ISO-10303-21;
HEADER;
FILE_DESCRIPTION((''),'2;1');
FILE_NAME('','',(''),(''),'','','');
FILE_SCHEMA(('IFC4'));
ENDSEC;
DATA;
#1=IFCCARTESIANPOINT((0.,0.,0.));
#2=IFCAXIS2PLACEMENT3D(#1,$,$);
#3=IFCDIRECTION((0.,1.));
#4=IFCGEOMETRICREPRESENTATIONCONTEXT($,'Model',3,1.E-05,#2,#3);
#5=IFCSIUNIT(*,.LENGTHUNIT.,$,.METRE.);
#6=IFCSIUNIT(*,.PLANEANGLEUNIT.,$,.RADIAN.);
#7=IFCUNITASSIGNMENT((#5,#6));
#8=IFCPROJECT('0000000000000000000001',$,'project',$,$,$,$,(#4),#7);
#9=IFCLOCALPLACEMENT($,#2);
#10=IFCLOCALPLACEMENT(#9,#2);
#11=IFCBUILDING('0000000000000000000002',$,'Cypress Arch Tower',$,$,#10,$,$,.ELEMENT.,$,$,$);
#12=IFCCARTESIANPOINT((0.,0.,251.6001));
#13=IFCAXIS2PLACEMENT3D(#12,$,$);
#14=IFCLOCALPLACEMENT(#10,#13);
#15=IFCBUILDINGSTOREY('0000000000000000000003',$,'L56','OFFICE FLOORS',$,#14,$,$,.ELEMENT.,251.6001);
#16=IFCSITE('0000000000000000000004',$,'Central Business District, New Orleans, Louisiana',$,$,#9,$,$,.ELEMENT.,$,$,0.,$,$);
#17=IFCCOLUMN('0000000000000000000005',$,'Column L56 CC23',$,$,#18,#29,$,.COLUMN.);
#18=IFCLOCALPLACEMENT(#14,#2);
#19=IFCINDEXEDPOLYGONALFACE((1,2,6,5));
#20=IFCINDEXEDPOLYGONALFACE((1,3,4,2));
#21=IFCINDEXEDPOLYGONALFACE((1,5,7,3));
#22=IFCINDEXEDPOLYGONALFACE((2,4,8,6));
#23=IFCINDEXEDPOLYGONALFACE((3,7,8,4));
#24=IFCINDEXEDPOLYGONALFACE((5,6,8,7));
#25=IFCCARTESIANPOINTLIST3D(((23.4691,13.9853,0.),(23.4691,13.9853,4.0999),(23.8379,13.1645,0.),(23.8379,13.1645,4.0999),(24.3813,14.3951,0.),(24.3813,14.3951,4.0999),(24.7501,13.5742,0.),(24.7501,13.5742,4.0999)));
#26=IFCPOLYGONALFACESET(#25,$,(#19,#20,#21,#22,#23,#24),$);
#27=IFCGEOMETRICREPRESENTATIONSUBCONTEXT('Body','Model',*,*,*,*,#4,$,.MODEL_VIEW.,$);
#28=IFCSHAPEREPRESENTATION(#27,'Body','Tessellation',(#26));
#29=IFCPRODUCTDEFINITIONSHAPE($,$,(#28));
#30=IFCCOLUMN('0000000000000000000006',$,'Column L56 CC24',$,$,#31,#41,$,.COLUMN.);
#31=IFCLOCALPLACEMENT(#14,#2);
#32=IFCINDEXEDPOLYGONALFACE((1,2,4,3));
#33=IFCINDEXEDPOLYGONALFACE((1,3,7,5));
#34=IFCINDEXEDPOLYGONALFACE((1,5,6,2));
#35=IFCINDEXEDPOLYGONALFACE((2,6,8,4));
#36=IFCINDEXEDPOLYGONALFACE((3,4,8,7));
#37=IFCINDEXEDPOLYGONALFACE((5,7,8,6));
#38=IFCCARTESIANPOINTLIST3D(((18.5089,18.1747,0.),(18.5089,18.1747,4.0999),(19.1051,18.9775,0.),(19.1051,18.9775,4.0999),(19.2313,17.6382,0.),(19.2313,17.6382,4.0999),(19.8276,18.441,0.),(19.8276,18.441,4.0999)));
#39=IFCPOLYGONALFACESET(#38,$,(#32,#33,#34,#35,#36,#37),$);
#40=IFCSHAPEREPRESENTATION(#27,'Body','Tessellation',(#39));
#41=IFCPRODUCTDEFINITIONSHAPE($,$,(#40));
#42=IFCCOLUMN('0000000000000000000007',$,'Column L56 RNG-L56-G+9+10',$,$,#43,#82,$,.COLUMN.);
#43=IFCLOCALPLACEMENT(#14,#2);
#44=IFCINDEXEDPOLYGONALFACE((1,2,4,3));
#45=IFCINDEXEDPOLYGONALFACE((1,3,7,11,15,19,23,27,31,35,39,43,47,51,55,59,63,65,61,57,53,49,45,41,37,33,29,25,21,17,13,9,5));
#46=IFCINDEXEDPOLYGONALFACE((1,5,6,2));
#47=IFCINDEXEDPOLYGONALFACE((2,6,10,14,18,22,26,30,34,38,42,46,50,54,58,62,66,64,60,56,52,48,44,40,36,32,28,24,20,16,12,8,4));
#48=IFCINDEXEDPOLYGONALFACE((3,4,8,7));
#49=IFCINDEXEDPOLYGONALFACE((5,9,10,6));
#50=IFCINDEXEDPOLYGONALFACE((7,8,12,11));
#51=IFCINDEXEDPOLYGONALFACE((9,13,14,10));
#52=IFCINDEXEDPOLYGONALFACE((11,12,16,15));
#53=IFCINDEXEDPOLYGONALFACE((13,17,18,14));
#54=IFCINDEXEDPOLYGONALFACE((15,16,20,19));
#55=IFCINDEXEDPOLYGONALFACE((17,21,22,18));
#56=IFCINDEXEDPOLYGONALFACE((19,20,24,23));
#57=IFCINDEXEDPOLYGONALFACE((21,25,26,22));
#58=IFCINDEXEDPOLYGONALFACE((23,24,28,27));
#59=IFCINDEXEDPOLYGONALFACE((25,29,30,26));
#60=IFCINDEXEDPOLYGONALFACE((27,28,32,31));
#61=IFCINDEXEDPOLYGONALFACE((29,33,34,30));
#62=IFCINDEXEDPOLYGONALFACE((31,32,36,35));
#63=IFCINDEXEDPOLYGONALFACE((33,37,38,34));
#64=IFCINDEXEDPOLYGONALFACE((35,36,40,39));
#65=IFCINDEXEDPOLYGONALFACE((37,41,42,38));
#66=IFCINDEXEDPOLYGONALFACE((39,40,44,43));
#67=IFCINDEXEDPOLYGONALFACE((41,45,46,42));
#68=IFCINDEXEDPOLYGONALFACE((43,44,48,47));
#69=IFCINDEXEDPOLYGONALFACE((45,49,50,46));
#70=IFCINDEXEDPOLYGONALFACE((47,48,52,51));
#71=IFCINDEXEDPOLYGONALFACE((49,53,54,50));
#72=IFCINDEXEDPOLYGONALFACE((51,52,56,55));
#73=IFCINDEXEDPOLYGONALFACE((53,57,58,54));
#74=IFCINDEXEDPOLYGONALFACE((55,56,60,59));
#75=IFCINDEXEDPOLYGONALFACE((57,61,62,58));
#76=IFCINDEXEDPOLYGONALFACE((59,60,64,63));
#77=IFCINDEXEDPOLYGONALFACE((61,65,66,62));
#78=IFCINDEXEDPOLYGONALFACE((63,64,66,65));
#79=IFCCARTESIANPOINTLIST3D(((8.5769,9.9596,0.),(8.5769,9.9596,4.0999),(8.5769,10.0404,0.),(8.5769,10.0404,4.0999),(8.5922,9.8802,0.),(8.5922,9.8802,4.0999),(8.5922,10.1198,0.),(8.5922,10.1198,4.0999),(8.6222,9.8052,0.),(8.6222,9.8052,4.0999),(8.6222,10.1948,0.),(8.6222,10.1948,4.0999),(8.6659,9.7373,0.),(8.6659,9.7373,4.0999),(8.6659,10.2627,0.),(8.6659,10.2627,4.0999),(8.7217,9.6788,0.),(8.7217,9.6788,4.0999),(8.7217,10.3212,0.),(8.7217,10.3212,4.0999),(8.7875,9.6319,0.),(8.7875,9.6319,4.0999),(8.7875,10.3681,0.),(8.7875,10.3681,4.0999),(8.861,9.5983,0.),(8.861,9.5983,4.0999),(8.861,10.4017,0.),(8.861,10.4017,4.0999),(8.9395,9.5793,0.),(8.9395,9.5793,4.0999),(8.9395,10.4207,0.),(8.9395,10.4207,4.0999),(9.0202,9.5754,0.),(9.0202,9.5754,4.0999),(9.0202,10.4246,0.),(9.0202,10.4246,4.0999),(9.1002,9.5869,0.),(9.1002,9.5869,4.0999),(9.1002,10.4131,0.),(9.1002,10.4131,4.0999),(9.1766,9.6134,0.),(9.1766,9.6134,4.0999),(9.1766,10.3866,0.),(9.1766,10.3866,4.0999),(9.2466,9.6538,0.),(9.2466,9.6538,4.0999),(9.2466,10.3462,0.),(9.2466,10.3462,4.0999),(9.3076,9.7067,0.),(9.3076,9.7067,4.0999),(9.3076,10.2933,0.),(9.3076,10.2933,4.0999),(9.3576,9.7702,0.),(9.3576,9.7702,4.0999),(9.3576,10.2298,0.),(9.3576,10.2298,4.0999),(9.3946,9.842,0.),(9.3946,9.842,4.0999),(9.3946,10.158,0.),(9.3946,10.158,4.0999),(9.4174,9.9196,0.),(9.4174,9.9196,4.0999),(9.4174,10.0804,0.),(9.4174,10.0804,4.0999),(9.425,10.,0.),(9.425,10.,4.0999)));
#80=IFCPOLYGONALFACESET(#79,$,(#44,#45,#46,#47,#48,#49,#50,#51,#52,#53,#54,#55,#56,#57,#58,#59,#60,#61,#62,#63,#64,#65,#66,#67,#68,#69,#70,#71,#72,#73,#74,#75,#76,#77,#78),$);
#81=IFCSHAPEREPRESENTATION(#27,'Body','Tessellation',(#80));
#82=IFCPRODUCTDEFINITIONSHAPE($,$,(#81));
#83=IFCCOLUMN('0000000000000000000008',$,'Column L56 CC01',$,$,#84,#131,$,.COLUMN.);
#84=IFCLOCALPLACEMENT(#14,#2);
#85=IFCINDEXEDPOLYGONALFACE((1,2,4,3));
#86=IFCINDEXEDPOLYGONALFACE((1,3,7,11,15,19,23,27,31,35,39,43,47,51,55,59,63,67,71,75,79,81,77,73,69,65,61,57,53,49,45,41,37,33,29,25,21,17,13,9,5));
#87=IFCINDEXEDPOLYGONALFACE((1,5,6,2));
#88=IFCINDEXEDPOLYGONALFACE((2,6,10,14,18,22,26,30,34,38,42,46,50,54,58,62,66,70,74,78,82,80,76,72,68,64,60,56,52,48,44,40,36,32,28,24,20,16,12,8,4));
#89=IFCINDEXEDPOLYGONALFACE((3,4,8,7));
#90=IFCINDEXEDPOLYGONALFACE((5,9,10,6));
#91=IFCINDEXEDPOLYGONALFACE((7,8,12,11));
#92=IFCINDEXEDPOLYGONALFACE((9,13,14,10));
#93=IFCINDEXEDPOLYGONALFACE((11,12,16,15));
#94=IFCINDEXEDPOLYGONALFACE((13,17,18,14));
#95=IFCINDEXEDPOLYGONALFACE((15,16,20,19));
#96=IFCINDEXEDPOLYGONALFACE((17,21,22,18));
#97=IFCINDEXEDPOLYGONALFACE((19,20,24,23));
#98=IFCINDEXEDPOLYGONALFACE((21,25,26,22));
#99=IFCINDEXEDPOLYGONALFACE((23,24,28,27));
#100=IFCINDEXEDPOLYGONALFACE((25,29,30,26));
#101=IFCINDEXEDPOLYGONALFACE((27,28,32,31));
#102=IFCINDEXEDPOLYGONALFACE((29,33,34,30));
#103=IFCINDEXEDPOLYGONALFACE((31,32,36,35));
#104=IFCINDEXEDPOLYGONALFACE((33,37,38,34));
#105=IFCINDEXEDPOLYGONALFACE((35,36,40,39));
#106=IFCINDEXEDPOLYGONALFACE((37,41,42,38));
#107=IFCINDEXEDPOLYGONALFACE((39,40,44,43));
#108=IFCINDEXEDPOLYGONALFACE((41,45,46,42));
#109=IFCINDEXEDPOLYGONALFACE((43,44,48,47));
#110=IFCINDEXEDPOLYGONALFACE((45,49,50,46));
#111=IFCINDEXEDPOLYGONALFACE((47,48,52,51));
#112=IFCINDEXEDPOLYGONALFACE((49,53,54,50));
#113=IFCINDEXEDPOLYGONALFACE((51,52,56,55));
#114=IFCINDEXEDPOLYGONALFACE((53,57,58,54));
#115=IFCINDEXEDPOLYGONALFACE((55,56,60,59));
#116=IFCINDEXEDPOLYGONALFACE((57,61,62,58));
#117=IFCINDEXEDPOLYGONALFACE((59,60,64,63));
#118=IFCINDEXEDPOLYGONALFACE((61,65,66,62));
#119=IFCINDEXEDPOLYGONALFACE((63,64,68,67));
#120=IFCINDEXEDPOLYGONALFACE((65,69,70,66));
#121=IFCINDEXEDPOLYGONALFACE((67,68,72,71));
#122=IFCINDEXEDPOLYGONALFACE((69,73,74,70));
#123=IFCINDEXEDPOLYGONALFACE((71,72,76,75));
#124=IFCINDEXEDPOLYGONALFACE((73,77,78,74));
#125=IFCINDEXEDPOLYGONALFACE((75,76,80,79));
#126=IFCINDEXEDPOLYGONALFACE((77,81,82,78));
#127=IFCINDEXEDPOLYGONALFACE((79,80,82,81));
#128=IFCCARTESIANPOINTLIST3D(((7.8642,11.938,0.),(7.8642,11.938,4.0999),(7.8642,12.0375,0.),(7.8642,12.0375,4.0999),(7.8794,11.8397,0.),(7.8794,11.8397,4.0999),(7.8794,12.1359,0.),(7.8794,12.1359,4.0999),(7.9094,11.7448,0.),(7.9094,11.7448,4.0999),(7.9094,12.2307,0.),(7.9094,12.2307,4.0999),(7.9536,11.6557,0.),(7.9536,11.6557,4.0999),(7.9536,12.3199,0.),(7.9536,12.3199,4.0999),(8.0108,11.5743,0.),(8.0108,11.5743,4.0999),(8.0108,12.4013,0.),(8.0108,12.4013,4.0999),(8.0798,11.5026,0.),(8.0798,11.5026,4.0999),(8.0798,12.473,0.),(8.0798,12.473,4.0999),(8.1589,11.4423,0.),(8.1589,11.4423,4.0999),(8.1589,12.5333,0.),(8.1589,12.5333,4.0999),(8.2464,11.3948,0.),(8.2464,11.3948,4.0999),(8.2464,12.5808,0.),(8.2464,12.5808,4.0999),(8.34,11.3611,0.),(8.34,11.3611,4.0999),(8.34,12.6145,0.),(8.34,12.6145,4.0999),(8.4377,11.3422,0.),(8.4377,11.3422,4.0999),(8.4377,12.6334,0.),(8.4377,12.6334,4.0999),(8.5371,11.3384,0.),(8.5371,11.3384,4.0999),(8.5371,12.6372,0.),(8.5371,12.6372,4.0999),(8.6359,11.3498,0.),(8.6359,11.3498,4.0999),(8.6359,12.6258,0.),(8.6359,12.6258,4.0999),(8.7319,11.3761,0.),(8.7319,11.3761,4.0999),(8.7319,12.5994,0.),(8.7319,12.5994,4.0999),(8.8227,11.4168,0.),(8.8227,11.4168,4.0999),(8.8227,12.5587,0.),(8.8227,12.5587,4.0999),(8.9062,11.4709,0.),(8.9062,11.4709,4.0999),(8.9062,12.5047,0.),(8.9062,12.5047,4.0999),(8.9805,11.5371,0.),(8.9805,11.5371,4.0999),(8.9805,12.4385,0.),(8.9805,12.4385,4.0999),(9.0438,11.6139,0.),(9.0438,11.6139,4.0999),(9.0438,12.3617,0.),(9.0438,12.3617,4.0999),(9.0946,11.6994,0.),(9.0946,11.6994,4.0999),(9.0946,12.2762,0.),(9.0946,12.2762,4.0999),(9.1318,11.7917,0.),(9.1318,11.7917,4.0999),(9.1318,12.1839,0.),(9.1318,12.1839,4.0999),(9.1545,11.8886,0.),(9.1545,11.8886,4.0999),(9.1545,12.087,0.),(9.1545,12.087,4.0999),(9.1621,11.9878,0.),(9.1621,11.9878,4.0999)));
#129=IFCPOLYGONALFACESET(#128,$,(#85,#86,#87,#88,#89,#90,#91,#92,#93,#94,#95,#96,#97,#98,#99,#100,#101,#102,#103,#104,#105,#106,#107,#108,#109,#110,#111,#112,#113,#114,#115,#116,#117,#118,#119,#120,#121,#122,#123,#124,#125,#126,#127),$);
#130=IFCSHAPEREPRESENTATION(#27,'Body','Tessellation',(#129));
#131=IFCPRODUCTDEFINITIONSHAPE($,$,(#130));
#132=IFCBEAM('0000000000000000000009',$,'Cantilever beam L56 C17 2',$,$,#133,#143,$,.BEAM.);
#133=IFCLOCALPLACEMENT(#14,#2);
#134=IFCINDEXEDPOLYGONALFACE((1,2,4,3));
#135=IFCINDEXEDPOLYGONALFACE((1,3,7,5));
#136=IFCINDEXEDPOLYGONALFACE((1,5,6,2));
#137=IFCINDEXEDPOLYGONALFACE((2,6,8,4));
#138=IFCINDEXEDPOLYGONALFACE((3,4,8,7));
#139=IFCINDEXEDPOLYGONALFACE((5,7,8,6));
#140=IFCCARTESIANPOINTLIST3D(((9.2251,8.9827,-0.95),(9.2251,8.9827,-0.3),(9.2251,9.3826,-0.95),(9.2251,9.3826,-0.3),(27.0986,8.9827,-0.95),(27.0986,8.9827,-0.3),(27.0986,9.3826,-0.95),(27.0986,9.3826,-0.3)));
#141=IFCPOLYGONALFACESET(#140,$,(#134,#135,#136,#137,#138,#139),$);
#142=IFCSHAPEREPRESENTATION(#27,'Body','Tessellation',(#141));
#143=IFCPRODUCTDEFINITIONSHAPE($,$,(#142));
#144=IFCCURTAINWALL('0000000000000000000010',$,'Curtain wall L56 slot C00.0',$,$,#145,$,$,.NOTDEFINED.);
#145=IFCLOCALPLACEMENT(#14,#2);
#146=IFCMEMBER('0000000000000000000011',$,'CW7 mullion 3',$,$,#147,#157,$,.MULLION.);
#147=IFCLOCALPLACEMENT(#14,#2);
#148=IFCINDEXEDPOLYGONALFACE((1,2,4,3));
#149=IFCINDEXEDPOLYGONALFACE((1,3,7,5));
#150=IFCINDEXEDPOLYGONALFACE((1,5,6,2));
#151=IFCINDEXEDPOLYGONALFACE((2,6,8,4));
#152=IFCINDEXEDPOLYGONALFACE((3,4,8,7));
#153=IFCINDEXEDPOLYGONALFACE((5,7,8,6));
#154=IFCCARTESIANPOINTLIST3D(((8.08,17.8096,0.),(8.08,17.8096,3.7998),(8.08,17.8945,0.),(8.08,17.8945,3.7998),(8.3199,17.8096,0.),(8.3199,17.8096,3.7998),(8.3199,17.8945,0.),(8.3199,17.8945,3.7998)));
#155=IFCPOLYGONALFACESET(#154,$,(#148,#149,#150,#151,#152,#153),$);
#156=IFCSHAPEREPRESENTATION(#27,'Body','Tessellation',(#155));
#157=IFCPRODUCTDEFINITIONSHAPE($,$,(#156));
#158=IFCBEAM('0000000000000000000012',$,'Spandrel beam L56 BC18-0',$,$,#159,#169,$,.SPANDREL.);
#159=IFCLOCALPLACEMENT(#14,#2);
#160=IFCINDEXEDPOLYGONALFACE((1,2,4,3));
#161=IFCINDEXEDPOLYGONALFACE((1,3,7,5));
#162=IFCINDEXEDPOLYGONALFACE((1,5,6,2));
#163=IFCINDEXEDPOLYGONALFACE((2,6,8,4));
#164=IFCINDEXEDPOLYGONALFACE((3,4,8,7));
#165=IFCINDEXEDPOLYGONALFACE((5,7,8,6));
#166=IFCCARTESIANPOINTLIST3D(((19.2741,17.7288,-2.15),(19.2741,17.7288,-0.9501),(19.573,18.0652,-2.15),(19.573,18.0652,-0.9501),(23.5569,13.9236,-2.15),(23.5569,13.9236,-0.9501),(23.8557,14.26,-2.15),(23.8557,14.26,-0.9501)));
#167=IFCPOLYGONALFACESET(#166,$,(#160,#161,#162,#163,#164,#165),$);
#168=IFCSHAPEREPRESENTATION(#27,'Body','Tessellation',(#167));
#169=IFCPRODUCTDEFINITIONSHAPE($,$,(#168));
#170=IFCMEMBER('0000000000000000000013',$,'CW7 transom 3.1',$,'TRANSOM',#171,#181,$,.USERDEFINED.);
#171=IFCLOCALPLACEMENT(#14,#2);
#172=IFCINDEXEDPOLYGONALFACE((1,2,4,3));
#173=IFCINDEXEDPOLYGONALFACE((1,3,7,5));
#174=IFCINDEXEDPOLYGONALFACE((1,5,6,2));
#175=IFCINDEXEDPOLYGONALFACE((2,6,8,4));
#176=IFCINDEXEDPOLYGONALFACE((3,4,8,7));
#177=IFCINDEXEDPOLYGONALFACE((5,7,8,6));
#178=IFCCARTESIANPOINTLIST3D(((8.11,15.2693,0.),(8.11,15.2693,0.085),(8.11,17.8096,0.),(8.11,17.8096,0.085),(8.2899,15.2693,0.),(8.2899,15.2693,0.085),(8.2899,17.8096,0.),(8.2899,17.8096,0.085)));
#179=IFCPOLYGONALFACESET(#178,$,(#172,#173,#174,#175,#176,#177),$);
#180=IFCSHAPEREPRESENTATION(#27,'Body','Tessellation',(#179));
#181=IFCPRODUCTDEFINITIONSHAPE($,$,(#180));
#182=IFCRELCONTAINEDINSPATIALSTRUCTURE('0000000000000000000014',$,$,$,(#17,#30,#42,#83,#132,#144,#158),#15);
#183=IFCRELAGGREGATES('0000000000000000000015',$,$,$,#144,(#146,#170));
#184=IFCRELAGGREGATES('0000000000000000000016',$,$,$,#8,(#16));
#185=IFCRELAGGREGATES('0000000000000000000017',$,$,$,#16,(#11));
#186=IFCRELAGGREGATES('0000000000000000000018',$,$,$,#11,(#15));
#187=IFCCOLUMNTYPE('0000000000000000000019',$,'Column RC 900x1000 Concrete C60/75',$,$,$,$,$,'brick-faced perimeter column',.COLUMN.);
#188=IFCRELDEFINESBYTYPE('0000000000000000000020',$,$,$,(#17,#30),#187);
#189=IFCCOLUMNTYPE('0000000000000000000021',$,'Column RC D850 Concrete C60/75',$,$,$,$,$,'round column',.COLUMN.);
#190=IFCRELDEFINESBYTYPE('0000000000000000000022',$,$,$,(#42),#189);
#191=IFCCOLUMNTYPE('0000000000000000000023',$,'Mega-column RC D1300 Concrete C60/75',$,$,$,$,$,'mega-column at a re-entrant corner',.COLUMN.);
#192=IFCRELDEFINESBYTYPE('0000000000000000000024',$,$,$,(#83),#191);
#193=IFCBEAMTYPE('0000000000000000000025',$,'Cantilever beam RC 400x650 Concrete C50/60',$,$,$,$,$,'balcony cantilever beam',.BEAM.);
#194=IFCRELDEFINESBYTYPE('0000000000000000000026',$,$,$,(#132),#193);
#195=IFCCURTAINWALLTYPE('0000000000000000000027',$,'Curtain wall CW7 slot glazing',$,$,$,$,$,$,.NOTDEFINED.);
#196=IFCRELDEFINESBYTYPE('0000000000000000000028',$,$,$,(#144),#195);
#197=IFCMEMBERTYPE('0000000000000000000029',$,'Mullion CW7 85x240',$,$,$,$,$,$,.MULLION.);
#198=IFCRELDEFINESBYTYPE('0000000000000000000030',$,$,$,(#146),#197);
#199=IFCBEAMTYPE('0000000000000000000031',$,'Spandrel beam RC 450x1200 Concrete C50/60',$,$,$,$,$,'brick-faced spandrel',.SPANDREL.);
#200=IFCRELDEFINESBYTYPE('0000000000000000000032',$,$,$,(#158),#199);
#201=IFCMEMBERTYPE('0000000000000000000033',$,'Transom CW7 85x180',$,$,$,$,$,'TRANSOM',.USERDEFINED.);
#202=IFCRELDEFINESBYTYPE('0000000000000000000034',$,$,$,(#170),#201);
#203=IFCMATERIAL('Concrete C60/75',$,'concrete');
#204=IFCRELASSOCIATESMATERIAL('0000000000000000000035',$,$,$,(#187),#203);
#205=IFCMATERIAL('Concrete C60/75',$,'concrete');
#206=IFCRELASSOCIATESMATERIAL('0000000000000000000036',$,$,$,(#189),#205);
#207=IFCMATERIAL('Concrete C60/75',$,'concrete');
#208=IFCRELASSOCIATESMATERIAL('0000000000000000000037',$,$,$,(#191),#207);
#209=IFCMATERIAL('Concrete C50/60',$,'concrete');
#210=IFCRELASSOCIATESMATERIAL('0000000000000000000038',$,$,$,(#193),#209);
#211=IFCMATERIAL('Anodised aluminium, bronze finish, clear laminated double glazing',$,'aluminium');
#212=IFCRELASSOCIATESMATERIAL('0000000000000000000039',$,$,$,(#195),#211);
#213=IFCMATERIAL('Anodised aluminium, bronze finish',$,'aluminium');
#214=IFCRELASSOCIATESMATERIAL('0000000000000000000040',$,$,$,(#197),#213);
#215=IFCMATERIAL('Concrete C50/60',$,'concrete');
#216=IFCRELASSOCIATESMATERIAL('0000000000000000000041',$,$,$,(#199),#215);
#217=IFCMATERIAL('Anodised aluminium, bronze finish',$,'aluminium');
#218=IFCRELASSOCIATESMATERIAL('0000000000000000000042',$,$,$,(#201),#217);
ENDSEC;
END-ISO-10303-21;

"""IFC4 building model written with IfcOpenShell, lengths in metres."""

from ifc_helpers import new_model, si_unit, direction, frame, origin, origin_2d, place, context, subcontext, project, spatial, rectangle, circle, extrude, material, material_profile, profile_set, type_object, element, aggregate, save


model = new_model("IFC4")

# Units and contexts
model_context = context("Model", 3, precision=1e-05, world=origin(), true_north=direction((0.0, 1.0)))
body_context = subcontext(model_context, "Body", "Model", "MODEL_VIEW")
ifc_project = project(units=[si_unit("LENGTHUNIT", "METRE"), si_unit("PLANEANGLEUNIT", "RADIAN")], contexts=[model_context])

# Site, building, storey
site_placement = place(None, origin())
site = spatial("IfcSite", under=ifc_project, at=site_placement, Name="Central Business District, New Orleans, Louisiana", CompositionType="ELEMENT", RefElevation=0.0)
building_placement = place(site_placement, origin())
building = spatial("IfcBuilding", under=site, at=building_placement, Name="Cypress Arch Tower", CompositionType="ELEMENT")
storey_placement = place(building_placement, frame((0.0, 0.0, 251.6001)))
storey = spatial("IfcBuildingStorey", under=building, at=storey_placement, Name="L56", Description="OFFICE FLOORS", CompositionType="ELEMENT", Elevation=251.6001)

# Columns
ifc_material_1 = material(Name="Concrete C60/75", Category="concrete")
ifc_material_profile_1 = material_profile(ifc_material_1, rectangle(XDim=0.8999, YDim=1.0, at=origin_2d()), Name="RC 900x1000")
ifc_profile_set_1 = profile_set([ifc_material_profile_1], Name="Concrete C60/75")
column_type_1 = type_object("IfcColumnType", Name="Column RC 900x1000 Concrete C60/75", ElementType="brick-faced perimeter column", PredefinedType="COLUMN", material=ifc_profile_set_1)
for number, where, z_axis, x_axis, name in (
    (1, (24.1096, 13.7798, 0.0), (0.0, 0.0, 1.0), (-0.409765, 0.912191, 0.0), "Column L56 CC23"),
    (2, (19.1682, 18.3079, 0.0), (0.0, 0.0, 1.0), (-0.802799, 0.59625, 0.0), "Column L56 CC24"),
):
    element("IfcColumn", number, at=place(storey_placement, frame(where, z_axis=z_axis, x_axis=x_axis)), inside=storey, type_object=column_type_1, Name=name, PredefinedType="COLUMN", context=body_context, shape_type="SweptSolid", body=[
        extrude(rectangle(XDim=0.8999, YDim=1.0, at=origin_2d()), origin(), (0.0, 0.0, 1.0), 4.0999),
    ])
ifc_material_2 = material(Name="Concrete C60/75", Category="concrete")
ifc_material_profile_2 = material_profile(ifc_material_2, circle(Radius=0.425, at=origin_2d()), Name="RC D850")
ifc_profile_set_2 = profile_set([ifc_material_profile_2], Name="Concrete C60/75")
column_type_2 = type_object("IfcColumnType", Name="Column RC D850 Concrete C60/75", ElementType="round column", PredefinedType="COLUMN", material=ifc_profile_set_2)
column_1_placement = place(storey_placement, frame((9.0, 10.0, 0.0), z_axis=(0.0, 0.0, 1.0), x_axis=(1.0, 0.0, 0.0)))
element("IfcColumn", 3, at=column_1_placement, inside=storey, type_object=column_type_2, Name="Column L56 RNG-L56-G+9+10", PredefinedType="COLUMN", context=body_context, shape_type="SweptSolid", body=[
    extrude(circle(Radius=0.425, at=origin_2d()), origin(), (0.0, 0.0, 1.0), 4.0999),
])
ifc_material_3 = material(Name="Concrete C60/75", Category="concrete")
ifc_material_profile_3 = material_profile(ifc_material_3, circle(Radius=0.6499, at=origin_2d()), Name="RC D1300")
ifc_profile_set_3 = profile_set([ifc_material_profile_3], Name="Concrete C60/75")
column_type_3 = type_object("IfcColumnType", Name="Mega-column RC D1300 Concrete C60/75", ElementType="mega-column at a re-entrant corner", PredefinedType="COLUMN", material=ifc_profile_set_3)
column_2_placement = place(storey_placement, frame((8.5122, 11.9878, 0.0), z_axis=(0.0, 0.0, 1.0), x_axis=(1.0, 0.0, 0.0)))
element("IfcColumn", 4, at=column_2_placement, inside=storey, type_object=column_type_3, Name="Column L56 CC01", PredefinedType="COLUMN", context=body_context, shape_type="SweptSolid", body=[
    extrude(circle(Radius=0.6499, at=origin_2d()), origin(), (0.0, 0.0, 1.0), 4.0999),
])

# Beam
ifc_material_4 = material(Name="Concrete C50/60", Category="concrete")
ifc_material_profile_4 = material_profile(ifc_material_4, rectangle(XDim=0.3999, YDim=0.6499, at=origin_2d()), Name="RC 400x650")
ifc_profile_set_4 = profile_set([ifc_material_profile_4], Name="Concrete C50/60")
beam_type_1 = type_object("IfcBeamType", Name="Cantilever beam RC 400x650 Concrete C50/60", ElementType="balcony cantilever beam", PredefinedType="BEAM", material=ifc_profile_set_4)
beam_1_placement = place(storey_placement, frame((9.2251, 9.1826, -0.625), z_axis=(1.0, 0.0, 0.0), x_axis=(0.0, 1.0, 0.0)))
element("IfcBeam", 5, at=beam_1_placement, inside=storey, type_object=beam_type_1, Name="Cantilever beam L56 C17 2", PredefinedType="BEAM", context=body_context, shape_type="SweptSolid", body=[
    extrude(rectangle(XDim=0.3999, YDim=0.6499, at=origin_2d()), origin(), (0.0, 0.0, 1.0), 17.8735),
])

# Curtain wall, member
ifc_material_5 = material(Name="Anodised aluminium, bronze finish, clear laminated double glazing", Category="aluminium")
curtain_wall_type = type_object("IfcCurtainWallType", Name="Curtain wall CW7 slot glazing", PredefinedType="NOTDEFINED", material=ifc_material_5)
curtain_wall_placement = place(storey_placement, origin())
curtain_wall = element("IfcCurtainWall", 6, at=curtain_wall_placement, inside=storey, type_object=curtain_wall_type, Name="Curtain wall L56 slot C00.0", PredefinedType="NOTDEFINED")
ifc_material_6 = material(Name="Anodised aluminium, bronze finish", Category="aluminium")
ifc_material_profile_5 = material_profile(ifc_material_6, rectangle(XDim=0.24, YDim=0.085, at=origin_2d()), Name="Mullion 85x240")
ifc_profile_set_5 = profile_set([ifc_material_profile_5], Name="Anodised aluminium, bronze finish")
member_type_1 = type_object("IfcMemberType", Name="Mullion CW7 85x240", PredefinedType="MULLION", material=ifc_profile_set_5)
member_1_placement = place(storey_placement, frame((8.2, 17.8521, 0.0), z_axis=(0.0, 0.0, 1.0), x_axis=(1.0, 0.0, 0.0)))
member_1 = element("IfcMember", 7, at=member_1_placement, type_object=member_type_1, Name="CW7 mullion 3", PredefinedType="MULLION", context=body_context, shape_type="SweptSolid", body=[
    extrude(rectangle(XDim=0.24, YDim=0.085, at=origin_2d()), origin(), (0.0, 0.0, 1.0), 3.7998),
])

# Beam
ifc_material_7 = material(Name="Concrete C50/60", Category="concrete")
ifc_material_profile_6 = material_profile(ifc_material_7, rectangle(XDim=0.45, YDim=1.2, at=origin_2d()), Name="RC 450x1200")
ifc_profile_set_6 = profile_set([ifc_material_profile_6], Name="Concrete C50/60")
beam_type_2 = type_object("IfcBeamType", Name="Spandrel beam RC 450x1200 Concrete C50/60", ElementType="brick-faced spandrel", PredefinedType="SPANDREL", material=ifc_profile_set_6)
beam_2_placement = place(storey_placement, frame((23.7063, 14.0918, -1.55), z_axis=(-0.747555, 0.6642, 0.0), x_axis=(-0.6642, -0.747555, 0.0)))
element("IfcBeam", 8, at=beam_2_placement, inside=storey, type_object=beam_type_2, Name="Spandrel beam L56 BC18-0", PredefinedType="SPANDREL", context=body_context, shape_type="SweptSolid", body=[
    extrude(rectangle(XDim=0.45, YDim=1.2, at=origin_2d()), origin(), (0.0, 0.0, 1.0), 5.729),
])

# Member
ifc_material_8 = material(Name="Anodised aluminium, bronze finish", Category="aluminium")
ifc_material_profile_7 = material_profile(ifc_material_8, rectangle(XDim=0.1799, YDim=0.085, at=origin_2d()), Name="Transom 85x180")
ifc_profile_set_7 = profile_set([ifc_material_profile_7], Name="Anodised aluminium, bronze finish")
member_type_2 = type_object("IfcMemberType", Name="Transom CW7 85x180", ElementType="TRANSOM", PredefinedType="USERDEFINED", material=ifc_profile_set_7)
member_2_placement = place(storey_placement, frame((8.2, 17.8096, 0.0425), z_axis=(0.0, -1.0, 0.0), x_axis=(1.0, 0.0, 0.0)))
member_2 = element("IfcMember", 9, at=member_2_placement, type_object=member_type_2, Name="CW7 transom 3.1", ObjectType="TRANSOM", PredefinedType="USERDEFINED", context=body_context, shape_type="SweptSolid", body=[
    extrude(rectangle(XDim=0.1799, YDim=0.085, at=origin_2d()), origin(), (0.0, 0.0, 1.0), 2.5403),
])

aggregate(curtain_wall, [member_1, member_2])

save(model, "model.ifc")
